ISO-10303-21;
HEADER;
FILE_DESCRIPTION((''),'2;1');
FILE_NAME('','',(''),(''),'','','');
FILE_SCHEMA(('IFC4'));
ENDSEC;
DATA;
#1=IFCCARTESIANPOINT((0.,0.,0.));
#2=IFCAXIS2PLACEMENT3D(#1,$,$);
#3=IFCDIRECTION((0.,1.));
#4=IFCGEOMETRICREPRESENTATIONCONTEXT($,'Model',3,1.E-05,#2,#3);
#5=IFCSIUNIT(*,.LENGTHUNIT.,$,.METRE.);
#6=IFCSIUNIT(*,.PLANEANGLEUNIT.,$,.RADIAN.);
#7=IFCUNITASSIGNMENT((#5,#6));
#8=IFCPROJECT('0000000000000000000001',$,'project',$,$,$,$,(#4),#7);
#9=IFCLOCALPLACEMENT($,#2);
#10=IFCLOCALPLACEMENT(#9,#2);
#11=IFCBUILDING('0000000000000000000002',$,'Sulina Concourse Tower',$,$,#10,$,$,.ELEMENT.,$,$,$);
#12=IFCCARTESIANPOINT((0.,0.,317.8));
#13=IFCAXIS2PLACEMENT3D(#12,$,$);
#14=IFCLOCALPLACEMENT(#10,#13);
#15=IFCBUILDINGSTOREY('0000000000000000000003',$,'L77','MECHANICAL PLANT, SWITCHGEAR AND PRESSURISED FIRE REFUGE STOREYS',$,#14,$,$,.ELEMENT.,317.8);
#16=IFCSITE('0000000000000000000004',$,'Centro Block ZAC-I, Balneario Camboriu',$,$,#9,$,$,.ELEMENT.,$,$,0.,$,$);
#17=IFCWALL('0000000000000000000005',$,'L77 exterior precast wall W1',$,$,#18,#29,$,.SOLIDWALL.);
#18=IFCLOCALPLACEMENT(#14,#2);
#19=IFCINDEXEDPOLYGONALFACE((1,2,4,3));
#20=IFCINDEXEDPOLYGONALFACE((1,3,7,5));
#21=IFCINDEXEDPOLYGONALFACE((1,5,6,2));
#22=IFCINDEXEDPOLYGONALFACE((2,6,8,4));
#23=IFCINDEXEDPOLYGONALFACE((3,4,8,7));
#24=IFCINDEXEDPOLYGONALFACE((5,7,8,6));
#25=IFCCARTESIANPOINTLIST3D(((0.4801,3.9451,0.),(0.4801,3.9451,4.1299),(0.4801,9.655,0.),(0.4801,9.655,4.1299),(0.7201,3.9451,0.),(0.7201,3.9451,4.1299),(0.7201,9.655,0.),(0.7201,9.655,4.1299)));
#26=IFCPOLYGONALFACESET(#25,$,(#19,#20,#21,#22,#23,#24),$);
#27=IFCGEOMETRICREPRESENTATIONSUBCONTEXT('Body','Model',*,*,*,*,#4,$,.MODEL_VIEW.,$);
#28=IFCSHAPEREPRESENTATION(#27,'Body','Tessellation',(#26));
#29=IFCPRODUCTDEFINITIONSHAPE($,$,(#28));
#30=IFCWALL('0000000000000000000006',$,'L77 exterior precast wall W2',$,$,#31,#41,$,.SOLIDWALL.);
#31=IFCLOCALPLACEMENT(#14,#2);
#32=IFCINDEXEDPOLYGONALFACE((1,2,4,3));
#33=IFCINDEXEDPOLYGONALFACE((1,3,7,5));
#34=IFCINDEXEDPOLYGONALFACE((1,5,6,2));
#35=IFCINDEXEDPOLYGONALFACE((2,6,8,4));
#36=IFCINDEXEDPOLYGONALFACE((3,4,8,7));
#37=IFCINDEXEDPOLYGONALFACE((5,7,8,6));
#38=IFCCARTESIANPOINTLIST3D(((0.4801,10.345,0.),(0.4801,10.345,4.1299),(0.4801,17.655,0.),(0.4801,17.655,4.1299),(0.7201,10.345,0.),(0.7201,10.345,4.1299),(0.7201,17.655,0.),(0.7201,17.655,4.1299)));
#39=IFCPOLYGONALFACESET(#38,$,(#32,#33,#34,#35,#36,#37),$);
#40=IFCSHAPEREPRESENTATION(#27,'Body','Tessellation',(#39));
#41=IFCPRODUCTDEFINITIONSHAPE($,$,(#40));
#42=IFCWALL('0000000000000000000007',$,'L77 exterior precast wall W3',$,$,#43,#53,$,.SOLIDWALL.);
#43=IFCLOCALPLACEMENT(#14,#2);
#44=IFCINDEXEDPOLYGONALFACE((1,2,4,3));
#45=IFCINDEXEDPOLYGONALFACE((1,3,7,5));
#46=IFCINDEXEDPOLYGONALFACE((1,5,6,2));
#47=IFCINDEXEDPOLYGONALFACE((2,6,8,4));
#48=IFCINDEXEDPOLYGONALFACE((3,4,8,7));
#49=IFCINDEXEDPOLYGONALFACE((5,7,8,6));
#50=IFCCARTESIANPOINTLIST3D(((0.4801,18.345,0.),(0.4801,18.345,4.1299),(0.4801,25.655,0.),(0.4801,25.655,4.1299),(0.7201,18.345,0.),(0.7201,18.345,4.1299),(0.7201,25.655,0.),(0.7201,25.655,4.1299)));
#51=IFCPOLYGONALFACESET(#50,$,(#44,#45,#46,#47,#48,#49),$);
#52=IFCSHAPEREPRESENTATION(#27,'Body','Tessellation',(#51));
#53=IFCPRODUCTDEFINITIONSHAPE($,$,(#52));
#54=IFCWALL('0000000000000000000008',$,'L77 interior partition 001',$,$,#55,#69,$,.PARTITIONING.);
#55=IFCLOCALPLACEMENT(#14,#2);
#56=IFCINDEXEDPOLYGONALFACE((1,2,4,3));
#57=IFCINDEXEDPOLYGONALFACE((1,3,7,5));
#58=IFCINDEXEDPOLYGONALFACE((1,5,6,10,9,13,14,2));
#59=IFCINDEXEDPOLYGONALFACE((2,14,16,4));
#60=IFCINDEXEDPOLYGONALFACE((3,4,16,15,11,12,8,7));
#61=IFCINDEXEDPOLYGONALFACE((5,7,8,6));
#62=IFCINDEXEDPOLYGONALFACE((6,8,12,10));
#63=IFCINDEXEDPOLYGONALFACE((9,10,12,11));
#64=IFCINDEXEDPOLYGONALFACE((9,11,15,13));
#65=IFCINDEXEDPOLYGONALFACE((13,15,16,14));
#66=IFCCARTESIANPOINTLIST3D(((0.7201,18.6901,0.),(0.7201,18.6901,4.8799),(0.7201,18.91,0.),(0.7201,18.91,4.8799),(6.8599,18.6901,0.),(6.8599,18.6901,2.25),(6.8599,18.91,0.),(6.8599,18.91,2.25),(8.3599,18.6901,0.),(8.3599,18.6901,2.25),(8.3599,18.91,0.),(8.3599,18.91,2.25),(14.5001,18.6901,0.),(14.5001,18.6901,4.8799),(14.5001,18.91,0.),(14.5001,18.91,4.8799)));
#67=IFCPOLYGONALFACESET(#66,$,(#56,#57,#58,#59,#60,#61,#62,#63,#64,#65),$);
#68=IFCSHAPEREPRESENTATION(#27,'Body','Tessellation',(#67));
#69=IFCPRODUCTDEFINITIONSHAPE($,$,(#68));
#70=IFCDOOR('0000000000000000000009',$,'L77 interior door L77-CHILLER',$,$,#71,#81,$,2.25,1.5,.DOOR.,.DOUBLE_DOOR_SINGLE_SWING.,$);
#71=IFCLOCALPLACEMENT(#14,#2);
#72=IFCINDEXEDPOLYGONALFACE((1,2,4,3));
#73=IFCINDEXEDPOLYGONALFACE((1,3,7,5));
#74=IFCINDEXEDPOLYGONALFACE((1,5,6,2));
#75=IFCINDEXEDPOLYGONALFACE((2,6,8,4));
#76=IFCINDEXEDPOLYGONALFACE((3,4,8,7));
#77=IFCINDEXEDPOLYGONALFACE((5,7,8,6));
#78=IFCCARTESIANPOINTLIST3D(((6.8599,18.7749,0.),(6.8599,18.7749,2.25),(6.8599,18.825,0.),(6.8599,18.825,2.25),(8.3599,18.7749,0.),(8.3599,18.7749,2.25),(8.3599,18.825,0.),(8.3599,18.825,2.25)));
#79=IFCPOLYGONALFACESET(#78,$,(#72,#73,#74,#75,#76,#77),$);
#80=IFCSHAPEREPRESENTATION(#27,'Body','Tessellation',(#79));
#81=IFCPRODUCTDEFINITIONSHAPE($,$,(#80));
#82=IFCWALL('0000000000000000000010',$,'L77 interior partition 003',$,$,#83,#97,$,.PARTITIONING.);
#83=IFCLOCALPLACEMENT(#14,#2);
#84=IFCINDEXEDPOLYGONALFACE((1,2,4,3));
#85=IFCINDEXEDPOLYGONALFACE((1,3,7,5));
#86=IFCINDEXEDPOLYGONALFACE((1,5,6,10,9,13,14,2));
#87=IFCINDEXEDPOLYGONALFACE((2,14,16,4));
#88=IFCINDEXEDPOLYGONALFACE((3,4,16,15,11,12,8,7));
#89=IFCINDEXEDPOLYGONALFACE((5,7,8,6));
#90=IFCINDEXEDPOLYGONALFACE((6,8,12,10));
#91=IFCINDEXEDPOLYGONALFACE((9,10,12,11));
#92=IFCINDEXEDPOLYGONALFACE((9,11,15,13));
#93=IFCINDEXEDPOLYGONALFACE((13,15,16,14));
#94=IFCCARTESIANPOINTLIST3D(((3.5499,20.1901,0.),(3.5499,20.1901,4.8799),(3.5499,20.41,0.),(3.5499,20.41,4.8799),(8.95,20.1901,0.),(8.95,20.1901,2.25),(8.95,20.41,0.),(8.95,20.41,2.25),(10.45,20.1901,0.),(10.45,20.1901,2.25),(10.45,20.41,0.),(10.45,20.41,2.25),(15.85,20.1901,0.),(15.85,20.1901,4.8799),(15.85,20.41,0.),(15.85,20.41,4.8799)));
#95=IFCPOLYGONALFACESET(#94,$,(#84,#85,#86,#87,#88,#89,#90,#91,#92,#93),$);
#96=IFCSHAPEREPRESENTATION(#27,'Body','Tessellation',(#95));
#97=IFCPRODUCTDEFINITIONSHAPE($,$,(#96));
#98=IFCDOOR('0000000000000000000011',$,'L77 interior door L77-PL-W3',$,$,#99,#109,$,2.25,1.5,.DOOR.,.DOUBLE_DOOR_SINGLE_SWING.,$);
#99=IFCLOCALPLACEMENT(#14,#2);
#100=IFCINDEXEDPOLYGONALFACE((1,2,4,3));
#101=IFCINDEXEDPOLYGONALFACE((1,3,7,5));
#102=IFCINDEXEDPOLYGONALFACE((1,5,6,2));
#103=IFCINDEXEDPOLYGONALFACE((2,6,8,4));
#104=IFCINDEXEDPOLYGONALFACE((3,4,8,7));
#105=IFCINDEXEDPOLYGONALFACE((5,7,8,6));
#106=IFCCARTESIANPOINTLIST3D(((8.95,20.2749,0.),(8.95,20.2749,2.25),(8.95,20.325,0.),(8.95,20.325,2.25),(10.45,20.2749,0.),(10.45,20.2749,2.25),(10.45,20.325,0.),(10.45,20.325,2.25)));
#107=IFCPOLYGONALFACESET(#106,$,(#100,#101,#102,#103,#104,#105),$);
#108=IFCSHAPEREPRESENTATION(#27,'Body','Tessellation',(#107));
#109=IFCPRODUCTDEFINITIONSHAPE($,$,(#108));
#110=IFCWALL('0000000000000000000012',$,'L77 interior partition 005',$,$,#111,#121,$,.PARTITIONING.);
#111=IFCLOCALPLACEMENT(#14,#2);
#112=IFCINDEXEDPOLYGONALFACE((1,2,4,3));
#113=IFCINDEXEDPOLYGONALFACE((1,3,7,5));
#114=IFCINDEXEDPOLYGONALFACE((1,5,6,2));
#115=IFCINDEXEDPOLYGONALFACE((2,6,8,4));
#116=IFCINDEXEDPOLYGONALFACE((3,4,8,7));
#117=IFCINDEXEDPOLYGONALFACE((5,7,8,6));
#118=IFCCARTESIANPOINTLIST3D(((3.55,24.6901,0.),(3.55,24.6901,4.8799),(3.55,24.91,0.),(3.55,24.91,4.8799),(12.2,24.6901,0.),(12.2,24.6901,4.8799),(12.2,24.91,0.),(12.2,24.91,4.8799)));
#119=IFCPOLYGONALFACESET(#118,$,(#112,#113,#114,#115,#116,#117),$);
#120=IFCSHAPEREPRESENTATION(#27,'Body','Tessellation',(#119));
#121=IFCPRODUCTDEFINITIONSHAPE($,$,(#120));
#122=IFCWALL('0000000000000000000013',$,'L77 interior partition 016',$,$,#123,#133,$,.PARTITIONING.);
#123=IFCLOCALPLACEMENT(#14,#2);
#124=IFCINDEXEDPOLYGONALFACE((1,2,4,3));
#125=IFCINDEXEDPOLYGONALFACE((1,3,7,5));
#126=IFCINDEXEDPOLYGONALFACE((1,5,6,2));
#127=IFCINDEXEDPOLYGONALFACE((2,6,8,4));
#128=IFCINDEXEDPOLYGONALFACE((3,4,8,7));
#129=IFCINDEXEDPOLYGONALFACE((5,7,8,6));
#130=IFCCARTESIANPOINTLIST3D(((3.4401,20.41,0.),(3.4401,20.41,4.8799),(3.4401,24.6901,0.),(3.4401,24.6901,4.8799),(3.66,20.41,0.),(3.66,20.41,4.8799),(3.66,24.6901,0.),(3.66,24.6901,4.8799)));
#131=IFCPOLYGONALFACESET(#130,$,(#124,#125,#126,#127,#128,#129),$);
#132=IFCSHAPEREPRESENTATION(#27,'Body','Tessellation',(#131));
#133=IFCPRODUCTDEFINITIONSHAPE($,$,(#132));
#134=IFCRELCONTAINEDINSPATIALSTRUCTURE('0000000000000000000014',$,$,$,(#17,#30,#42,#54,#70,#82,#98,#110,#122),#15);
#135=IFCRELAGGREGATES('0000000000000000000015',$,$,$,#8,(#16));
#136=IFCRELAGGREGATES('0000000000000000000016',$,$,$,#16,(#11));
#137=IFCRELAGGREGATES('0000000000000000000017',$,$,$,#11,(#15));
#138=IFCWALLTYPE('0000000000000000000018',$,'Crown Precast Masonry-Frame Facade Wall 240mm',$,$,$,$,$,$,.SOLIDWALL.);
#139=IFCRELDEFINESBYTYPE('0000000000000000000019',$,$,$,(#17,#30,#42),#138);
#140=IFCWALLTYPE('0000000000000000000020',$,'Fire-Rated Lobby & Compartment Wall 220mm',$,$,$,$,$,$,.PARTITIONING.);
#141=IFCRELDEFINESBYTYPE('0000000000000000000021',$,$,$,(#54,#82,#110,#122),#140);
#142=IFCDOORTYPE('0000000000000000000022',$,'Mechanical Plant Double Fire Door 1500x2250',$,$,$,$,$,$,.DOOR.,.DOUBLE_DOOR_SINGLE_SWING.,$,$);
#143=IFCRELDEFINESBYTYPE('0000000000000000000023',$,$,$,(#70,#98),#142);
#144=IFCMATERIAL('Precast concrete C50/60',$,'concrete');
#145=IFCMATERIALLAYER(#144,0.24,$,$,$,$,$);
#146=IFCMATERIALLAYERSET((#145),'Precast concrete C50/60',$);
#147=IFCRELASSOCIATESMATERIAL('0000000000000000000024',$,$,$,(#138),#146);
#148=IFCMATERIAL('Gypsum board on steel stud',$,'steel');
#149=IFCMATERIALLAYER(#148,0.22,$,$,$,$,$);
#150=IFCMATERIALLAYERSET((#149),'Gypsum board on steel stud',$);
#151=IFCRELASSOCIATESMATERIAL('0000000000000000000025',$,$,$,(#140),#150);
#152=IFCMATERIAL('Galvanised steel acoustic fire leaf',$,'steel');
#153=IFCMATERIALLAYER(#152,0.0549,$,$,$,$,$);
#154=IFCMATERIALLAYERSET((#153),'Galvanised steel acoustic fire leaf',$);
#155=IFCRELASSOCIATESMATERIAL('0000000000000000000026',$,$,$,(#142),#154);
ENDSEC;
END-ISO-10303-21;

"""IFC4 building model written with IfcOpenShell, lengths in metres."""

from ifc_helpers import new_model, si_unit, direction, frame, frame_2d, origin, place, context, subcontext, project, spatial, rectangle, extrude, material, layer, layer_set, type_object, element, fill, save


model = new_model("IFC4")

# Units and contexts
model_context = context("Model", 3, precision=1e-05, world=origin(), true_north=direction((0.0, 1.0)))
body_context = subcontext(model_context, "Body", "Model", "MODEL_VIEW")
ifc_project = project(units=[si_unit("LENGTHUNIT", "METRE"), si_unit("PLANEANGLEUNIT", "RADIAN")], contexts=[model_context])

# Site, building, storey
site_placement = place(None, origin())
site = spatial("IfcSite", under=ifc_project, at=site_placement, Name="Centro Block ZAC-I, Balneario Camboriu", CompositionType="ELEMENT", RefElevation=0.0)
building_placement = place(site_placement, origin())
building = spatial("IfcBuilding", under=site, at=building_placement, Name="Sulina Concourse Tower", CompositionType="ELEMENT")
storey_placement = place(building_placement, frame((0.0, 0.0, 317.8)))
storey = spatial("IfcBuildingStorey", under=building, at=storey_placement, Name="L77", Description="MECHANICAL PLANT, SWITCHGEAR AND PRESSURISED FIRE REFUGE STOREYS", CompositionType="ELEMENT", Elevation=317.8)

# Walls
ifc_material_1 = material(Name="Precast concrete C50/60", Category="concrete")
ifc_layer_1 = layer(ifc_material_1, 0.24)
ifc_layer_set_1 = layer_set([ifc_layer_1], Name="Precast concrete C50/60")
wall_type_1 = type_object("IfcWallType", Name="Crown Precast Masonry-Frame Facade Wall 240mm", PredefinedType="SOLIDWALL", material=ifc_layer_set_1)
wall_1_placement = place(storey_placement, frame((0.6001, 3.9451, 0.0), z_axis=(0.0, 0.0, 1.0), x_axis=(0.0, 1.0, 0.0)))
element("IfcWall", 1, at=wall_1_placement, inside=storey, type_object=wall_type_1, Name="L77 exterior precast wall W1", PredefinedType="SOLIDWALL", context=body_context, shape_type="SweptSolid", body=[
    extrude(rectangle(XDim=5.71, YDim=0.24, at=frame_2d((2.855, 0.0))), origin(), (0.0, 0.0, 1.0), 4.1299),
])
for number, where, z_axis, x_axis, name in (
    (2, (0.6001, 10.345, 0.0), (0.0, 0.0, 1.0), (0.0, 1.0, 0.0), "L77 exterior precast wall W2"),
    (3, (0.6001, 18.345, 0.0), (0.0, 0.0, 1.0), (0.0, 1.0, 0.0), "L77 exterior precast wall W3"),
):
    element("IfcWall", number, at=place(storey_placement, frame(where, z_axis=z_axis, x_axis=x_axis)), inside=storey, type_object=wall_type_1, Name=name, PredefinedType="SOLIDWALL", context=body_context, shape_type="SweptSolid", body=[
        extrude(rectangle(XDim=7.3101, YDim=0.24, at=frame_2d((3.655, 0.0))), origin(), (0.0, 0.0, 1.0), 4.1299),
    ])

# Walls, openings, doors
ifc_material_2 = material(Name="Gypsum board on steel stud", Category="steel")
ifc_layer_2 = layer(ifc_material_2, 0.22)
ifc_layer_set_2 = layer_set([ifc_layer_2], Name="Gypsum board on steel stud")
wall_type_2 = type_object("IfcWallType", Name="Fire-Rated Lobby & Compartment Wall 220mm", PredefinedType="PARTITIONING", material=ifc_layer_set_2)
wall_2_placement = place(storey_placement, frame((0.72, 18.8, 0.0), z_axis=(0.0, 0.0, 1.0), x_axis=(1.0, 0.0, 0.0)))
wall_2 = element("IfcWall", 4, at=wall_2_placement, inside=storey, type_object=wall_type_2, Name="L77 interior partition 001", PredefinedType="PARTITIONING", context=body_context, shape_type="SweptSolid", body=[
    extrude(rectangle(XDim=13.78, YDim=0.22, at=frame_2d((6.8901, 0.0))), origin(), (0.0, 0.0, 1.0), 4.8799),
])
opening_1_placement = place(wall_2_placement, frame((6.1399, 0.0, 0.0)))
opening_1 = element("IfcOpeningElement", 5, at=opening_1_placement, cuts=wall_2, PredefinedType="OPENING", context=body_context, shape_type="SweptSolid", body=[
    extrude(rectangle(XDim=1.5, YDim=2.25, at=frame_2d((0.75, 1.125))), frame((0.0, 0.1199, 0.0), z_axis=(0.0, -1.0, 0.0), x_axis=(1.0, 0.0, 0.0)), (0.0, 0.0, 1.0), 0.24),
])
ifc_material_3 = material(Name="Galvanised steel acoustic fire leaf", Category="steel")
ifc_layer_3 = layer(ifc_material_3, 0.0549)
ifc_layer_set_3 = layer_set([ifc_layer_3], Name="Galvanised steel acoustic fire leaf")
door_type = type_object("IfcDoorType", Name="Mechanical Plant Double Fire Door 1500x2250", OperationType="DOUBLE_DOOR_SINGLE_SWING", PredefinedType="DOOR", material=ifc_layer_set_3)
door_1_placement = place(opening_1_placement, origin())
door_1 = element("IfcDoor", 6, at=door_1_placement, inside=storey, type_object=door_type, Name="L77 interior door L77-CHILLER", OperationType="DOUBLE_DOOR_SINGLE_SWING", OverallHeight=2.25, OverallWidth=1.5, PredefinedType="DOOR", context=body_context, shape_type="SweptSolid", body=[
    extrude(rectangle(XDim=1.5, YDim=2.25, at=frame_2d((0.75, 1.125))), frame((0.0, 0.0249, 0.0), z_axis=(0.0, -1.0, 0.0), x_axis=(1.0, 0.0, 0.0)), (0.0, 0.0, 1.0), 0.05),
])
fill(opening_1, door_1)
wall_3_placement = place(storey_placement, frame((3.55, 20.3, 0.0), z_axis=(0.0, 0.0, 1.0), x_axis=(1.0, 0.0, 0.0)))
wall_3 = element("IfcWall", 7, at=wall_3_placement, inside=storey, type_object=wall_type_2, Name="L77 interior partition 003", PredefinedType="PARTITIONING", context=body_context, shape_type="SweptSolid", body=[
    extrude(rectangle(XDim=12.3, YDim=0.22, at=frame_2d((6.1499, 0.0))), origin(), (0.0, 0.0, 1.0), 4.8799),
])
opening_2_placement = place(wall_3_placement, frame((5.3999, 0.0, 0.0)))
opening_2 = element("IfcOpeningElement", 8, at=opening_2_placement, cuts=wall_3, PredefinedType="OPENING", context=body_context, shape_type="SweptSolid", body=[
    extrude(rectangle(XDim=1.5, YDim=2.25, at=frame_2d((0.75, 1.125))), frame((0.0, 0.1199, 0.0), z_axis=(0.0, -1.0, 0.0), x_axis=(1.0, 0.0, 0.0)), (0.0, 0.0, 1.0), 0.24),
])
door_2_placement = place(opening_2_placement, origin())
door_2 = element("IfcDoor", 9, at=door_2_placement, inside=storey, type_object=door_type, Name="L77 interior door L77-PL-W3", OperationType="DOUBLE_DOOR_SINGLE_SWING", OverallHeight=2.25, OverallWidth=1.5, PredefinedType="DOOR", context=body_context, shape_type="SweptSolid", body=[
    extrude(rectangle(XDim=1.5, YDim=2.25, at=frame_2d((0.75, 1.125))), frame((0.0, 0.0249, 0.0), z_axis=(0.0, -1.0, 0.0), x_axis=(1.0, 0.0, 0.0)), (0.0, 0.0, 1.0), 0.05),
])
fill(opening_2, door_2)

# Walls
wall_4_placement = place(storey_placement, frame((3.55, 24.8, 0.0), z_axis=(0.0, 0.0, 1.0), x_axis=(1.0, 0.0, 0.0)))
element("IfcWall", 10, at=wall_4_placement, inside=storey, type_object=wall_type_2, Name="L77 interior partition 005", PredefinedType="PARTITIONING", context=body_context, shape_type="SweptSolid", body=[
    extrude(rectangle(XDim=8.6499, YDim=0.22, at=frame_2d((4.325, 0.0))), origin(), (0.0, 0.0, 1.0), 4.8799),
])
wall_5_placement = place(storey_placement, frame((3.55, 20.4099, 0.0), z_axis=(0.0, 0.0, 1.0), x_axis=(0.0, 1.0, 0.0)))
element("IfcWall", 11, at=wall_5_placement, inside=storey, type_object=wall_type_2, Name="L77 interior partition 016", PredefinedType="PARTITIONING", context=body_context, shape_type="SweptSolid", body=[
    extrude(rectangle(XDim=4.28, YDim=0.22, at=frame_2d((2.1401, 0.0))), origin(), (0.0, 0.0, 1.0), 4.8799),
])

save(model, "model.ifc")
